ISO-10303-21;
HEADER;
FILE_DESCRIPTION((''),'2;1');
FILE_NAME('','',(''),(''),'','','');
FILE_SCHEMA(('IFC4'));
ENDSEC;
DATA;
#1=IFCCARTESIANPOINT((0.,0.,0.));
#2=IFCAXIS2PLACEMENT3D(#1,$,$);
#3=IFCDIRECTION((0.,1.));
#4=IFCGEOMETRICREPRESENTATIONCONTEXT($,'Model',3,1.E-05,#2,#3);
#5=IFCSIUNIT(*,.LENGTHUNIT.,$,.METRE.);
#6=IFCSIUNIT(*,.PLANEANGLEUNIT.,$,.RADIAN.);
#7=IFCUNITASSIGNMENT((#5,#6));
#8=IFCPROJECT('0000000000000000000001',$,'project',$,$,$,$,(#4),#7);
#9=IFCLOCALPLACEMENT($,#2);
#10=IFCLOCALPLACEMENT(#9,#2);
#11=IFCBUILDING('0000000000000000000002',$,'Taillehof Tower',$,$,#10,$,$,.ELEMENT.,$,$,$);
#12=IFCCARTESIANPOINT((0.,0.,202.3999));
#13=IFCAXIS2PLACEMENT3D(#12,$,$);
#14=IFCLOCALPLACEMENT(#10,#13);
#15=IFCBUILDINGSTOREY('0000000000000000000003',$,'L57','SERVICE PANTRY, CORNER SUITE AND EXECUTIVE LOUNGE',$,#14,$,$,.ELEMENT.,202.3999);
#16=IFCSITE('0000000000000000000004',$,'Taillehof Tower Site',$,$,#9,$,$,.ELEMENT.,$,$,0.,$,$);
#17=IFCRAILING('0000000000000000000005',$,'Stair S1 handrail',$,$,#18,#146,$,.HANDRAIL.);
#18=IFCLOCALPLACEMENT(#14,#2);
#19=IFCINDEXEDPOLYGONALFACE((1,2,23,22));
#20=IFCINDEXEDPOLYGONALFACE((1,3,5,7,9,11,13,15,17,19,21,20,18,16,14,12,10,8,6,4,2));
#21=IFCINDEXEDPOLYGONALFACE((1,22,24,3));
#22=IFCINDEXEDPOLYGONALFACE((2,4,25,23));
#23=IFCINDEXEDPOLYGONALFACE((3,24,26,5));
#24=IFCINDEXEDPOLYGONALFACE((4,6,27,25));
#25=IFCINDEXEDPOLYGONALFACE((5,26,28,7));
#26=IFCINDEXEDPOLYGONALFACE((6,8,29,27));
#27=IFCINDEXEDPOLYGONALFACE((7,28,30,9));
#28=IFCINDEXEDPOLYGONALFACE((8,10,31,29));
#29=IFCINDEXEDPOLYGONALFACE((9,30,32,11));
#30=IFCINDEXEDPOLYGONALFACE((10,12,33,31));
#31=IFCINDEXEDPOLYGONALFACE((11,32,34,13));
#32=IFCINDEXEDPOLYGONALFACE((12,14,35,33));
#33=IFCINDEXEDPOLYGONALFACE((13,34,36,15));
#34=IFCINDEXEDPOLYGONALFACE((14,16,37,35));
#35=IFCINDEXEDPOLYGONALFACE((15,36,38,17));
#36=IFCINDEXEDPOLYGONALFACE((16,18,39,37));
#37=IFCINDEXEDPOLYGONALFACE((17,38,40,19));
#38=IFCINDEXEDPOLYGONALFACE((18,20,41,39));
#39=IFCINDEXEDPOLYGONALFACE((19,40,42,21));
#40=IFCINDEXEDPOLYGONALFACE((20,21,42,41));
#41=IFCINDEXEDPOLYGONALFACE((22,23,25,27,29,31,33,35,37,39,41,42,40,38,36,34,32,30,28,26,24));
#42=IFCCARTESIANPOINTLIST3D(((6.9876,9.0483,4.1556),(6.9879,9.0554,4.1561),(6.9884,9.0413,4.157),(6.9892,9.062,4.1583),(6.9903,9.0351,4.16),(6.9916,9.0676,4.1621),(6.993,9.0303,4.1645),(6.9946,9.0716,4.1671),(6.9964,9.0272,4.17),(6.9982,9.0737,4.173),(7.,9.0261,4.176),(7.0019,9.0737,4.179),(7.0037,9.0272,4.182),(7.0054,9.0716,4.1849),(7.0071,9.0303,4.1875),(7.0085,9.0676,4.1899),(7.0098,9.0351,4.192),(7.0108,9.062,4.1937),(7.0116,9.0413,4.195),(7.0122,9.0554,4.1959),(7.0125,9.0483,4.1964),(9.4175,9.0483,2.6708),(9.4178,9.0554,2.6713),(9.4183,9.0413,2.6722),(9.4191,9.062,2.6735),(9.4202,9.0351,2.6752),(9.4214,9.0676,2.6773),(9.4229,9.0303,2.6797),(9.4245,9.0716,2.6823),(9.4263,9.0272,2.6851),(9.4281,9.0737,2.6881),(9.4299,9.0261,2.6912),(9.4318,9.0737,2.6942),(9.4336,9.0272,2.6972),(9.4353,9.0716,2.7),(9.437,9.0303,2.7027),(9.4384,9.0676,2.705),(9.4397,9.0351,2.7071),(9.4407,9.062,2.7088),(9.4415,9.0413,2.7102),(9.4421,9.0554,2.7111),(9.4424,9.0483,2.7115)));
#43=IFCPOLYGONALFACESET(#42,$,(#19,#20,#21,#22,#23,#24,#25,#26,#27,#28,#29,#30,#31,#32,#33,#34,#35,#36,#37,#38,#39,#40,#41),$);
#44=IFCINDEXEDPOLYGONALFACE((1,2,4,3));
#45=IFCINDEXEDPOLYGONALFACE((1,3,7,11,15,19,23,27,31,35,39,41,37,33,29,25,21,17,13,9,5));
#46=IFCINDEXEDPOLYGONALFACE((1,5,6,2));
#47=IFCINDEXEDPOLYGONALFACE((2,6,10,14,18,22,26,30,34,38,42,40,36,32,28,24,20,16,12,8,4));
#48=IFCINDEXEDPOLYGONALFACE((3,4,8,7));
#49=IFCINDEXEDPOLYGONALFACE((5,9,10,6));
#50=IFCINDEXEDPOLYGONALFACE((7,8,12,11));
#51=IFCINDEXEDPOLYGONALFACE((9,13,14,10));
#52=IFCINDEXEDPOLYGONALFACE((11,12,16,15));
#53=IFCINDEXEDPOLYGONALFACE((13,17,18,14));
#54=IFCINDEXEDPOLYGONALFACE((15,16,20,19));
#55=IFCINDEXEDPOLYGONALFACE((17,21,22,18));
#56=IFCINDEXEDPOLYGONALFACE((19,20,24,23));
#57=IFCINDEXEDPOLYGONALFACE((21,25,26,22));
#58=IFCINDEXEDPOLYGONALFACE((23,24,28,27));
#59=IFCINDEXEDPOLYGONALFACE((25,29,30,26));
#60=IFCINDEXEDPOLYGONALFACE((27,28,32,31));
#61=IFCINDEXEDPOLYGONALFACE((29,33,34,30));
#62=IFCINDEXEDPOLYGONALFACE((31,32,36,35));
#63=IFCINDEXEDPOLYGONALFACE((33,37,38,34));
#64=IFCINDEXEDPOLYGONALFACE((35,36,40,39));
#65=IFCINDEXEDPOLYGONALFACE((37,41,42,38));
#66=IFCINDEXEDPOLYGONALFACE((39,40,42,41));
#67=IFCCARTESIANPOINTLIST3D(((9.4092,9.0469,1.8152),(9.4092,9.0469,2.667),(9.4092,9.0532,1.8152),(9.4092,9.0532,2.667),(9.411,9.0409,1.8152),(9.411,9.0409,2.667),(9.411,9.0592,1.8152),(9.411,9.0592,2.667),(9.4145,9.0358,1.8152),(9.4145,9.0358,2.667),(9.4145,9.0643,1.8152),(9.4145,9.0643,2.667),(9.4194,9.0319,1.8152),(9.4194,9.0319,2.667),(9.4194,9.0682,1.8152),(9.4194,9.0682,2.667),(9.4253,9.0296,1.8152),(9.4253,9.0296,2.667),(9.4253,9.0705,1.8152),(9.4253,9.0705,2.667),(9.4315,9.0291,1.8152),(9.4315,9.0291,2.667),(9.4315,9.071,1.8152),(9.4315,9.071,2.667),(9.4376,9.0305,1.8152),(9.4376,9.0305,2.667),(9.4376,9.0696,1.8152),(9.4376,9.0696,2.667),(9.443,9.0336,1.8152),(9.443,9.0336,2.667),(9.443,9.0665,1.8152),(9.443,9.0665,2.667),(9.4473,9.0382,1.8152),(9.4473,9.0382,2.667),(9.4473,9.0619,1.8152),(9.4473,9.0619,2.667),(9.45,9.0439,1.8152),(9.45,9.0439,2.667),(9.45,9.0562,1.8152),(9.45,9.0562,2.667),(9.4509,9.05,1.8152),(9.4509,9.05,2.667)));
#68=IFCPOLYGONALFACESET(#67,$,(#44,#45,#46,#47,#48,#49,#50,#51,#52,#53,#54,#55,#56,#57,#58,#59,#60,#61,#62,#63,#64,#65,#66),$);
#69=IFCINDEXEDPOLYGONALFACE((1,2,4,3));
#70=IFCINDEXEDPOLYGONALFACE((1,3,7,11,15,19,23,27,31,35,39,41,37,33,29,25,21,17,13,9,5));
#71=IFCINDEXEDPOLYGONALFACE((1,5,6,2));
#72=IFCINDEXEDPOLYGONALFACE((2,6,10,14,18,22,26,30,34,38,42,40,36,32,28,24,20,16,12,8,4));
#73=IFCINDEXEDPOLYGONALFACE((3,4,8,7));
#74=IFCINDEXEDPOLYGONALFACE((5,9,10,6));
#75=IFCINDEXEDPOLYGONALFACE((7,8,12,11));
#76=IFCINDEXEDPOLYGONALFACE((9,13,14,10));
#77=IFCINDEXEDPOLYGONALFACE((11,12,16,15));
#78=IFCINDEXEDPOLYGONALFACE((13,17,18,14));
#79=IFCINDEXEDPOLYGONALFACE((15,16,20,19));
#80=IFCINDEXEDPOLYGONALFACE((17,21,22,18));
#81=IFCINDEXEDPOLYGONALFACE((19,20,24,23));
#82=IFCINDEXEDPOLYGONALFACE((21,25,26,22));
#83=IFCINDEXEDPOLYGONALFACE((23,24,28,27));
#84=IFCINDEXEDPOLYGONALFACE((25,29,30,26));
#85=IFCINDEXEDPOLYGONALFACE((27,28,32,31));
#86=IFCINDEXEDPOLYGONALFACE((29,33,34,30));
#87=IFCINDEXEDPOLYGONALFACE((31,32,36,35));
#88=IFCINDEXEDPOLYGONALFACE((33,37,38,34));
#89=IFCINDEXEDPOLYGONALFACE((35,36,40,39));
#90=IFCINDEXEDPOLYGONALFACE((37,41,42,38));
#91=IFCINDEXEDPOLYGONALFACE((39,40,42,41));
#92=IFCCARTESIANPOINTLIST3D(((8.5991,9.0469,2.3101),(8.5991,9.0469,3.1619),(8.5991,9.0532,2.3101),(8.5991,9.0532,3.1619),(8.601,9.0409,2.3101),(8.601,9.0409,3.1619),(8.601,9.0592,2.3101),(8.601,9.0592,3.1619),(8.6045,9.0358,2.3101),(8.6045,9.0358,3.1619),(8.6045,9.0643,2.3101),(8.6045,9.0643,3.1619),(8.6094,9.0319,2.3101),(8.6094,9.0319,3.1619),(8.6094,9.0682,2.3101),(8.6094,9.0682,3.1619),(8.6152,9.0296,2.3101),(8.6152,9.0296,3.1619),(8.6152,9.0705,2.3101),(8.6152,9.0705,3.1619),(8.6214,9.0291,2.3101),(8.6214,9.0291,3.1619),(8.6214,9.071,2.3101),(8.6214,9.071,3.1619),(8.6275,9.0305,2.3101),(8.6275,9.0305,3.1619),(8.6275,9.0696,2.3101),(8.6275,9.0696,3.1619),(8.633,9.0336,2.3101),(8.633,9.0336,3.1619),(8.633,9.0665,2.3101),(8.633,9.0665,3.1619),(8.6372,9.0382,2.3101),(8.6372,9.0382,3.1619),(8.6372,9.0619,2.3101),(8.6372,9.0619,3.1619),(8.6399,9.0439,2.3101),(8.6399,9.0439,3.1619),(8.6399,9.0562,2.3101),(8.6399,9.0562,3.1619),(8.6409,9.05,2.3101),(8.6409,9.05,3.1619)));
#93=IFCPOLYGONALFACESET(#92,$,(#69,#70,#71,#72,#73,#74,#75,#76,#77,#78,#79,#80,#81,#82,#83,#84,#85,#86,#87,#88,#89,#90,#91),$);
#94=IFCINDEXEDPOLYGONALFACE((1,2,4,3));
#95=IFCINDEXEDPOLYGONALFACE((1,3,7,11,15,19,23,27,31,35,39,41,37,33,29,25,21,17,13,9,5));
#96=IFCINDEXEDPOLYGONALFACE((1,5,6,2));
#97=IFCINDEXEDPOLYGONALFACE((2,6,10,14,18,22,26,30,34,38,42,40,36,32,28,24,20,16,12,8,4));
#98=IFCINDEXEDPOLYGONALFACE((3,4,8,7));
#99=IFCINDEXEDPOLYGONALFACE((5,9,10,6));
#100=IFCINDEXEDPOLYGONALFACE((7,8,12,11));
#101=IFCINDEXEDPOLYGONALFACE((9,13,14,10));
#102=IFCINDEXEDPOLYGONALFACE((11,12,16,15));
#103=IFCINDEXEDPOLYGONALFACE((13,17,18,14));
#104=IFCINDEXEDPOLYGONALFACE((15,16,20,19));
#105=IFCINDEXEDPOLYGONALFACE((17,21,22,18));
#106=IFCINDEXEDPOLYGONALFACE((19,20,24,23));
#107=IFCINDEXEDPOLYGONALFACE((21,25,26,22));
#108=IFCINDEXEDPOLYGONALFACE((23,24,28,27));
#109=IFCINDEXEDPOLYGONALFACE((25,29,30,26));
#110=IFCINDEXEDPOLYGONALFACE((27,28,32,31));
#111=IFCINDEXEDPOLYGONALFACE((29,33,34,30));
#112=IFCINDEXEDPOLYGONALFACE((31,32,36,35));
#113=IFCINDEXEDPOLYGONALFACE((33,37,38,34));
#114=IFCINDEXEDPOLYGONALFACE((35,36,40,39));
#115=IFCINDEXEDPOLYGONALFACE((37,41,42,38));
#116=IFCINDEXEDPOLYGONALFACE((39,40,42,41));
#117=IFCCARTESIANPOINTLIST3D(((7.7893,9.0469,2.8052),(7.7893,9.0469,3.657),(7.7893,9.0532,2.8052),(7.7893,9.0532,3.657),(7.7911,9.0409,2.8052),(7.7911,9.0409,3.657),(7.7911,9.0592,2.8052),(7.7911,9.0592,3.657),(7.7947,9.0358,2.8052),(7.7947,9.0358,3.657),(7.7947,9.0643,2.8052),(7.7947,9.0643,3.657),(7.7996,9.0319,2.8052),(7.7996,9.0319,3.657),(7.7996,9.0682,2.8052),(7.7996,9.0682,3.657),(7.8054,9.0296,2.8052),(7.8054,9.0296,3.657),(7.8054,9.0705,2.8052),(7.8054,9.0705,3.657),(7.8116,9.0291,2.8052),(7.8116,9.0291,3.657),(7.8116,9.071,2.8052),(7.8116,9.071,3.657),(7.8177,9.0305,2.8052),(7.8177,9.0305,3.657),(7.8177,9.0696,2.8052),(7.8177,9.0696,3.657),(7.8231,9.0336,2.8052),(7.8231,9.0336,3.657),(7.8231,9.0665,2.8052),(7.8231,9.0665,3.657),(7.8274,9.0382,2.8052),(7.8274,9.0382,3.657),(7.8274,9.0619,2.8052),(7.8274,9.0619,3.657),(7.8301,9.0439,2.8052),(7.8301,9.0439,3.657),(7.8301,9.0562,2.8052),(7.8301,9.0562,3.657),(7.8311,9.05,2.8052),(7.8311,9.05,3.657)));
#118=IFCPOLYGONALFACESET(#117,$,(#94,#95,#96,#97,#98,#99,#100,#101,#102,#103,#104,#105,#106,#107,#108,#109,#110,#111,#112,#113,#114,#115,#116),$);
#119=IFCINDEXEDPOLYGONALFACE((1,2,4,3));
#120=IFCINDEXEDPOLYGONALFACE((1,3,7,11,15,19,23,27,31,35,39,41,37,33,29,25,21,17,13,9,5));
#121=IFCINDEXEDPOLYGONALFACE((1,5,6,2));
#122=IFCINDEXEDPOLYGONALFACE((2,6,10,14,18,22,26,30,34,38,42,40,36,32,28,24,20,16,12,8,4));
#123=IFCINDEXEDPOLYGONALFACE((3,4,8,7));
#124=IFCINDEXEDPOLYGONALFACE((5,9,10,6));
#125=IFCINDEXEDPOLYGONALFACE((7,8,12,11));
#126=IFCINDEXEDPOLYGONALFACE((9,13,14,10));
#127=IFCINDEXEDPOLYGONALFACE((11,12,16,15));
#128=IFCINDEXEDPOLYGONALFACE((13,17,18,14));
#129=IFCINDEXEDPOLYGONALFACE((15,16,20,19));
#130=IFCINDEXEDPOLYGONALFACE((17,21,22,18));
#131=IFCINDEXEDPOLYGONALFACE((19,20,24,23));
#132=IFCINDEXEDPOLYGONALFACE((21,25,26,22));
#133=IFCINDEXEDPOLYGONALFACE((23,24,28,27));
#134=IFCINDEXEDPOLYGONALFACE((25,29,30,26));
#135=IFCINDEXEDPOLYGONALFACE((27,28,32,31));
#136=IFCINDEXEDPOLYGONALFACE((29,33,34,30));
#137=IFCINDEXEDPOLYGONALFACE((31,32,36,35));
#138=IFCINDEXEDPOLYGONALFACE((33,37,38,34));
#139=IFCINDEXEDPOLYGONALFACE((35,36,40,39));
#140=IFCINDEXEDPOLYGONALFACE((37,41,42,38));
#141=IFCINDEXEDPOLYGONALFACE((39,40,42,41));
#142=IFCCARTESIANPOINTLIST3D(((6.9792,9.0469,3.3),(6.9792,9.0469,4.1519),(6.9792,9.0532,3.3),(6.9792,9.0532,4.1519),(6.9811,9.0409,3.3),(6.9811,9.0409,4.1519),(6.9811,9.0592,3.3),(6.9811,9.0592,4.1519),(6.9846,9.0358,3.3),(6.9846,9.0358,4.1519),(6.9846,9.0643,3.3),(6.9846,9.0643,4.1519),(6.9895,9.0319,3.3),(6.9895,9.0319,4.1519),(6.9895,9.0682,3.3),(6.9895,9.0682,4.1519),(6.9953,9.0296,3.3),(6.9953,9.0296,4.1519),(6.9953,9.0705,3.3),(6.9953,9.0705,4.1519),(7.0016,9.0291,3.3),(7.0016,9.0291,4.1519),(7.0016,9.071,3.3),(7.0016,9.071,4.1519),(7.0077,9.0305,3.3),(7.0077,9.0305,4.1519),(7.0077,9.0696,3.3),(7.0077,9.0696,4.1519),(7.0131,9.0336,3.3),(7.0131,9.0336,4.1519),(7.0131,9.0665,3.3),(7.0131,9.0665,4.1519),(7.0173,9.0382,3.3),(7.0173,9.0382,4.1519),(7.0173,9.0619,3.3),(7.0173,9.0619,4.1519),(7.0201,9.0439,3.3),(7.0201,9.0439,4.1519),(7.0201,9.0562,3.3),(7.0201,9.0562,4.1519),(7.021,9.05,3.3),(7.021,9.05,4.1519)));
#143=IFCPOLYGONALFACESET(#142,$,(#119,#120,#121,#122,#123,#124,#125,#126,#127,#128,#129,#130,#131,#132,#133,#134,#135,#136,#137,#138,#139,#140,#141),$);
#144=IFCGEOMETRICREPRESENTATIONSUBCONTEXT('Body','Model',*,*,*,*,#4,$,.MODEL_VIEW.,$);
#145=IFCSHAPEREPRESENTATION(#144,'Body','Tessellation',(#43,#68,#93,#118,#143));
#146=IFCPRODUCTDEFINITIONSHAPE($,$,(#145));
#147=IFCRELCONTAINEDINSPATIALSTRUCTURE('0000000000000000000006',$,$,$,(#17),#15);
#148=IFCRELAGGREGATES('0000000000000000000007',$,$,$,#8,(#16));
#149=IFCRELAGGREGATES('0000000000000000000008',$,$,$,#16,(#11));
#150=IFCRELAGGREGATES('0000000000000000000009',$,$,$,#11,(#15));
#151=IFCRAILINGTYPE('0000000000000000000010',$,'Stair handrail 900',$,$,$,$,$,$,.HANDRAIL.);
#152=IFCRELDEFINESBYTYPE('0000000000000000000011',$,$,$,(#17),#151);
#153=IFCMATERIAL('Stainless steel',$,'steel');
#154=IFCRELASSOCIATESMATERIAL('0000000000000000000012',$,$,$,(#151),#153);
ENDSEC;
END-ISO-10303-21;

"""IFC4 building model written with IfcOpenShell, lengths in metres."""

from ifc_helpers import new_model, si_unit, direction, frame, origin, origin_2d, place, context, subcontext, project, spatial, circle, extrude, material, type_object, element, save


model = new_model("IFC4")

# Units and contexts
model_context = context("Model", 3, precision=1e-05, world=origin(), true_north=direction((0.0, 1.0)))
body_context = subcontext(model_context, "Body", "Model", "MODEL_VIEW")
ifc_project = project(units=[si_unit("LENGTHUNIT", "METRE"), si_unit("PLANEANGLEUNIT", "RADIAN")], contexts=[model_context])

# Site, building, storey
site_placement = place(None, origin())
site = spatial("IfcSite", under=ifc_project, at=site_placement, Name="Taillehof Tower Site", CompositionType="ELEMENT", RefElevation=0.0)
building_placement = place(site_placement, origin())
building = spatial("IfcBuilding", under=site, at=building_placement, Name="Taillehof Tower", CompositionType="ELEMENT")
storey_placement = place(building_placement, frame((0.0, 0.0, 202.3999)))
storey = spatial("IfcBuildingStorey", under=building, at=storey_placement, Name="L57", Description="SERVICE PANTRY, CORNER SUITE AND EXECUTIVE LOUNGE", CompositionType="ELEMENT", Elevation=202.3999)

# Railing
ifc_material_1 = material(Name="Stainless steel", Category="steel")
railing_type = type_object("IfcRailingType", Name="Stair handrail 900", PredefinedType="HANDRAIL", material=ifc_material_1)
railing_placement = place(storey_placement, frame((9.4299, 9.05, 1.8152)))
element("IfcRailing", 1, at=railing_placement, inside=storey, type_object=railing_type, Name="Stair S1 handrail", PredefinedType="HANDRAIL", context=body_context, shape_type="SweptSolid", body=[
    extrude(circle(Radius=0.0239, at=origin_2d()), frame((0.0, 0.0, 0.876), z_axis=(-0.853297, 0.0, 0.521426), x_axis=(0.0, -1.0, 0.0)), (0.0, 0.0, 1.0), 2.8477),
    extrude(circle(Radius=0.021, at=origin_2d()), origin(), (0.0, 0.0, 1.0), 0.8518),
    extrude(circle(Radius=0.021, at=origin_2d()), frame((-0.8101, 0.0, 0.4949)), (0.0, 0.0, 1.0), 0.8518),
    extrude(circle(Radius=0.021, at=origin_2d()), frame((-1.6199, 0.0, 0.99)), (0.0, 0.0, 1.0), 0.8518),
    extrude(circle(Radius=0.021, at=origin_2d()), frame((-2.4299, 0.0, 1.4849)), (0.0, 0.0, 1.0), 0.8518),
])

save(model, "model.ifc")
